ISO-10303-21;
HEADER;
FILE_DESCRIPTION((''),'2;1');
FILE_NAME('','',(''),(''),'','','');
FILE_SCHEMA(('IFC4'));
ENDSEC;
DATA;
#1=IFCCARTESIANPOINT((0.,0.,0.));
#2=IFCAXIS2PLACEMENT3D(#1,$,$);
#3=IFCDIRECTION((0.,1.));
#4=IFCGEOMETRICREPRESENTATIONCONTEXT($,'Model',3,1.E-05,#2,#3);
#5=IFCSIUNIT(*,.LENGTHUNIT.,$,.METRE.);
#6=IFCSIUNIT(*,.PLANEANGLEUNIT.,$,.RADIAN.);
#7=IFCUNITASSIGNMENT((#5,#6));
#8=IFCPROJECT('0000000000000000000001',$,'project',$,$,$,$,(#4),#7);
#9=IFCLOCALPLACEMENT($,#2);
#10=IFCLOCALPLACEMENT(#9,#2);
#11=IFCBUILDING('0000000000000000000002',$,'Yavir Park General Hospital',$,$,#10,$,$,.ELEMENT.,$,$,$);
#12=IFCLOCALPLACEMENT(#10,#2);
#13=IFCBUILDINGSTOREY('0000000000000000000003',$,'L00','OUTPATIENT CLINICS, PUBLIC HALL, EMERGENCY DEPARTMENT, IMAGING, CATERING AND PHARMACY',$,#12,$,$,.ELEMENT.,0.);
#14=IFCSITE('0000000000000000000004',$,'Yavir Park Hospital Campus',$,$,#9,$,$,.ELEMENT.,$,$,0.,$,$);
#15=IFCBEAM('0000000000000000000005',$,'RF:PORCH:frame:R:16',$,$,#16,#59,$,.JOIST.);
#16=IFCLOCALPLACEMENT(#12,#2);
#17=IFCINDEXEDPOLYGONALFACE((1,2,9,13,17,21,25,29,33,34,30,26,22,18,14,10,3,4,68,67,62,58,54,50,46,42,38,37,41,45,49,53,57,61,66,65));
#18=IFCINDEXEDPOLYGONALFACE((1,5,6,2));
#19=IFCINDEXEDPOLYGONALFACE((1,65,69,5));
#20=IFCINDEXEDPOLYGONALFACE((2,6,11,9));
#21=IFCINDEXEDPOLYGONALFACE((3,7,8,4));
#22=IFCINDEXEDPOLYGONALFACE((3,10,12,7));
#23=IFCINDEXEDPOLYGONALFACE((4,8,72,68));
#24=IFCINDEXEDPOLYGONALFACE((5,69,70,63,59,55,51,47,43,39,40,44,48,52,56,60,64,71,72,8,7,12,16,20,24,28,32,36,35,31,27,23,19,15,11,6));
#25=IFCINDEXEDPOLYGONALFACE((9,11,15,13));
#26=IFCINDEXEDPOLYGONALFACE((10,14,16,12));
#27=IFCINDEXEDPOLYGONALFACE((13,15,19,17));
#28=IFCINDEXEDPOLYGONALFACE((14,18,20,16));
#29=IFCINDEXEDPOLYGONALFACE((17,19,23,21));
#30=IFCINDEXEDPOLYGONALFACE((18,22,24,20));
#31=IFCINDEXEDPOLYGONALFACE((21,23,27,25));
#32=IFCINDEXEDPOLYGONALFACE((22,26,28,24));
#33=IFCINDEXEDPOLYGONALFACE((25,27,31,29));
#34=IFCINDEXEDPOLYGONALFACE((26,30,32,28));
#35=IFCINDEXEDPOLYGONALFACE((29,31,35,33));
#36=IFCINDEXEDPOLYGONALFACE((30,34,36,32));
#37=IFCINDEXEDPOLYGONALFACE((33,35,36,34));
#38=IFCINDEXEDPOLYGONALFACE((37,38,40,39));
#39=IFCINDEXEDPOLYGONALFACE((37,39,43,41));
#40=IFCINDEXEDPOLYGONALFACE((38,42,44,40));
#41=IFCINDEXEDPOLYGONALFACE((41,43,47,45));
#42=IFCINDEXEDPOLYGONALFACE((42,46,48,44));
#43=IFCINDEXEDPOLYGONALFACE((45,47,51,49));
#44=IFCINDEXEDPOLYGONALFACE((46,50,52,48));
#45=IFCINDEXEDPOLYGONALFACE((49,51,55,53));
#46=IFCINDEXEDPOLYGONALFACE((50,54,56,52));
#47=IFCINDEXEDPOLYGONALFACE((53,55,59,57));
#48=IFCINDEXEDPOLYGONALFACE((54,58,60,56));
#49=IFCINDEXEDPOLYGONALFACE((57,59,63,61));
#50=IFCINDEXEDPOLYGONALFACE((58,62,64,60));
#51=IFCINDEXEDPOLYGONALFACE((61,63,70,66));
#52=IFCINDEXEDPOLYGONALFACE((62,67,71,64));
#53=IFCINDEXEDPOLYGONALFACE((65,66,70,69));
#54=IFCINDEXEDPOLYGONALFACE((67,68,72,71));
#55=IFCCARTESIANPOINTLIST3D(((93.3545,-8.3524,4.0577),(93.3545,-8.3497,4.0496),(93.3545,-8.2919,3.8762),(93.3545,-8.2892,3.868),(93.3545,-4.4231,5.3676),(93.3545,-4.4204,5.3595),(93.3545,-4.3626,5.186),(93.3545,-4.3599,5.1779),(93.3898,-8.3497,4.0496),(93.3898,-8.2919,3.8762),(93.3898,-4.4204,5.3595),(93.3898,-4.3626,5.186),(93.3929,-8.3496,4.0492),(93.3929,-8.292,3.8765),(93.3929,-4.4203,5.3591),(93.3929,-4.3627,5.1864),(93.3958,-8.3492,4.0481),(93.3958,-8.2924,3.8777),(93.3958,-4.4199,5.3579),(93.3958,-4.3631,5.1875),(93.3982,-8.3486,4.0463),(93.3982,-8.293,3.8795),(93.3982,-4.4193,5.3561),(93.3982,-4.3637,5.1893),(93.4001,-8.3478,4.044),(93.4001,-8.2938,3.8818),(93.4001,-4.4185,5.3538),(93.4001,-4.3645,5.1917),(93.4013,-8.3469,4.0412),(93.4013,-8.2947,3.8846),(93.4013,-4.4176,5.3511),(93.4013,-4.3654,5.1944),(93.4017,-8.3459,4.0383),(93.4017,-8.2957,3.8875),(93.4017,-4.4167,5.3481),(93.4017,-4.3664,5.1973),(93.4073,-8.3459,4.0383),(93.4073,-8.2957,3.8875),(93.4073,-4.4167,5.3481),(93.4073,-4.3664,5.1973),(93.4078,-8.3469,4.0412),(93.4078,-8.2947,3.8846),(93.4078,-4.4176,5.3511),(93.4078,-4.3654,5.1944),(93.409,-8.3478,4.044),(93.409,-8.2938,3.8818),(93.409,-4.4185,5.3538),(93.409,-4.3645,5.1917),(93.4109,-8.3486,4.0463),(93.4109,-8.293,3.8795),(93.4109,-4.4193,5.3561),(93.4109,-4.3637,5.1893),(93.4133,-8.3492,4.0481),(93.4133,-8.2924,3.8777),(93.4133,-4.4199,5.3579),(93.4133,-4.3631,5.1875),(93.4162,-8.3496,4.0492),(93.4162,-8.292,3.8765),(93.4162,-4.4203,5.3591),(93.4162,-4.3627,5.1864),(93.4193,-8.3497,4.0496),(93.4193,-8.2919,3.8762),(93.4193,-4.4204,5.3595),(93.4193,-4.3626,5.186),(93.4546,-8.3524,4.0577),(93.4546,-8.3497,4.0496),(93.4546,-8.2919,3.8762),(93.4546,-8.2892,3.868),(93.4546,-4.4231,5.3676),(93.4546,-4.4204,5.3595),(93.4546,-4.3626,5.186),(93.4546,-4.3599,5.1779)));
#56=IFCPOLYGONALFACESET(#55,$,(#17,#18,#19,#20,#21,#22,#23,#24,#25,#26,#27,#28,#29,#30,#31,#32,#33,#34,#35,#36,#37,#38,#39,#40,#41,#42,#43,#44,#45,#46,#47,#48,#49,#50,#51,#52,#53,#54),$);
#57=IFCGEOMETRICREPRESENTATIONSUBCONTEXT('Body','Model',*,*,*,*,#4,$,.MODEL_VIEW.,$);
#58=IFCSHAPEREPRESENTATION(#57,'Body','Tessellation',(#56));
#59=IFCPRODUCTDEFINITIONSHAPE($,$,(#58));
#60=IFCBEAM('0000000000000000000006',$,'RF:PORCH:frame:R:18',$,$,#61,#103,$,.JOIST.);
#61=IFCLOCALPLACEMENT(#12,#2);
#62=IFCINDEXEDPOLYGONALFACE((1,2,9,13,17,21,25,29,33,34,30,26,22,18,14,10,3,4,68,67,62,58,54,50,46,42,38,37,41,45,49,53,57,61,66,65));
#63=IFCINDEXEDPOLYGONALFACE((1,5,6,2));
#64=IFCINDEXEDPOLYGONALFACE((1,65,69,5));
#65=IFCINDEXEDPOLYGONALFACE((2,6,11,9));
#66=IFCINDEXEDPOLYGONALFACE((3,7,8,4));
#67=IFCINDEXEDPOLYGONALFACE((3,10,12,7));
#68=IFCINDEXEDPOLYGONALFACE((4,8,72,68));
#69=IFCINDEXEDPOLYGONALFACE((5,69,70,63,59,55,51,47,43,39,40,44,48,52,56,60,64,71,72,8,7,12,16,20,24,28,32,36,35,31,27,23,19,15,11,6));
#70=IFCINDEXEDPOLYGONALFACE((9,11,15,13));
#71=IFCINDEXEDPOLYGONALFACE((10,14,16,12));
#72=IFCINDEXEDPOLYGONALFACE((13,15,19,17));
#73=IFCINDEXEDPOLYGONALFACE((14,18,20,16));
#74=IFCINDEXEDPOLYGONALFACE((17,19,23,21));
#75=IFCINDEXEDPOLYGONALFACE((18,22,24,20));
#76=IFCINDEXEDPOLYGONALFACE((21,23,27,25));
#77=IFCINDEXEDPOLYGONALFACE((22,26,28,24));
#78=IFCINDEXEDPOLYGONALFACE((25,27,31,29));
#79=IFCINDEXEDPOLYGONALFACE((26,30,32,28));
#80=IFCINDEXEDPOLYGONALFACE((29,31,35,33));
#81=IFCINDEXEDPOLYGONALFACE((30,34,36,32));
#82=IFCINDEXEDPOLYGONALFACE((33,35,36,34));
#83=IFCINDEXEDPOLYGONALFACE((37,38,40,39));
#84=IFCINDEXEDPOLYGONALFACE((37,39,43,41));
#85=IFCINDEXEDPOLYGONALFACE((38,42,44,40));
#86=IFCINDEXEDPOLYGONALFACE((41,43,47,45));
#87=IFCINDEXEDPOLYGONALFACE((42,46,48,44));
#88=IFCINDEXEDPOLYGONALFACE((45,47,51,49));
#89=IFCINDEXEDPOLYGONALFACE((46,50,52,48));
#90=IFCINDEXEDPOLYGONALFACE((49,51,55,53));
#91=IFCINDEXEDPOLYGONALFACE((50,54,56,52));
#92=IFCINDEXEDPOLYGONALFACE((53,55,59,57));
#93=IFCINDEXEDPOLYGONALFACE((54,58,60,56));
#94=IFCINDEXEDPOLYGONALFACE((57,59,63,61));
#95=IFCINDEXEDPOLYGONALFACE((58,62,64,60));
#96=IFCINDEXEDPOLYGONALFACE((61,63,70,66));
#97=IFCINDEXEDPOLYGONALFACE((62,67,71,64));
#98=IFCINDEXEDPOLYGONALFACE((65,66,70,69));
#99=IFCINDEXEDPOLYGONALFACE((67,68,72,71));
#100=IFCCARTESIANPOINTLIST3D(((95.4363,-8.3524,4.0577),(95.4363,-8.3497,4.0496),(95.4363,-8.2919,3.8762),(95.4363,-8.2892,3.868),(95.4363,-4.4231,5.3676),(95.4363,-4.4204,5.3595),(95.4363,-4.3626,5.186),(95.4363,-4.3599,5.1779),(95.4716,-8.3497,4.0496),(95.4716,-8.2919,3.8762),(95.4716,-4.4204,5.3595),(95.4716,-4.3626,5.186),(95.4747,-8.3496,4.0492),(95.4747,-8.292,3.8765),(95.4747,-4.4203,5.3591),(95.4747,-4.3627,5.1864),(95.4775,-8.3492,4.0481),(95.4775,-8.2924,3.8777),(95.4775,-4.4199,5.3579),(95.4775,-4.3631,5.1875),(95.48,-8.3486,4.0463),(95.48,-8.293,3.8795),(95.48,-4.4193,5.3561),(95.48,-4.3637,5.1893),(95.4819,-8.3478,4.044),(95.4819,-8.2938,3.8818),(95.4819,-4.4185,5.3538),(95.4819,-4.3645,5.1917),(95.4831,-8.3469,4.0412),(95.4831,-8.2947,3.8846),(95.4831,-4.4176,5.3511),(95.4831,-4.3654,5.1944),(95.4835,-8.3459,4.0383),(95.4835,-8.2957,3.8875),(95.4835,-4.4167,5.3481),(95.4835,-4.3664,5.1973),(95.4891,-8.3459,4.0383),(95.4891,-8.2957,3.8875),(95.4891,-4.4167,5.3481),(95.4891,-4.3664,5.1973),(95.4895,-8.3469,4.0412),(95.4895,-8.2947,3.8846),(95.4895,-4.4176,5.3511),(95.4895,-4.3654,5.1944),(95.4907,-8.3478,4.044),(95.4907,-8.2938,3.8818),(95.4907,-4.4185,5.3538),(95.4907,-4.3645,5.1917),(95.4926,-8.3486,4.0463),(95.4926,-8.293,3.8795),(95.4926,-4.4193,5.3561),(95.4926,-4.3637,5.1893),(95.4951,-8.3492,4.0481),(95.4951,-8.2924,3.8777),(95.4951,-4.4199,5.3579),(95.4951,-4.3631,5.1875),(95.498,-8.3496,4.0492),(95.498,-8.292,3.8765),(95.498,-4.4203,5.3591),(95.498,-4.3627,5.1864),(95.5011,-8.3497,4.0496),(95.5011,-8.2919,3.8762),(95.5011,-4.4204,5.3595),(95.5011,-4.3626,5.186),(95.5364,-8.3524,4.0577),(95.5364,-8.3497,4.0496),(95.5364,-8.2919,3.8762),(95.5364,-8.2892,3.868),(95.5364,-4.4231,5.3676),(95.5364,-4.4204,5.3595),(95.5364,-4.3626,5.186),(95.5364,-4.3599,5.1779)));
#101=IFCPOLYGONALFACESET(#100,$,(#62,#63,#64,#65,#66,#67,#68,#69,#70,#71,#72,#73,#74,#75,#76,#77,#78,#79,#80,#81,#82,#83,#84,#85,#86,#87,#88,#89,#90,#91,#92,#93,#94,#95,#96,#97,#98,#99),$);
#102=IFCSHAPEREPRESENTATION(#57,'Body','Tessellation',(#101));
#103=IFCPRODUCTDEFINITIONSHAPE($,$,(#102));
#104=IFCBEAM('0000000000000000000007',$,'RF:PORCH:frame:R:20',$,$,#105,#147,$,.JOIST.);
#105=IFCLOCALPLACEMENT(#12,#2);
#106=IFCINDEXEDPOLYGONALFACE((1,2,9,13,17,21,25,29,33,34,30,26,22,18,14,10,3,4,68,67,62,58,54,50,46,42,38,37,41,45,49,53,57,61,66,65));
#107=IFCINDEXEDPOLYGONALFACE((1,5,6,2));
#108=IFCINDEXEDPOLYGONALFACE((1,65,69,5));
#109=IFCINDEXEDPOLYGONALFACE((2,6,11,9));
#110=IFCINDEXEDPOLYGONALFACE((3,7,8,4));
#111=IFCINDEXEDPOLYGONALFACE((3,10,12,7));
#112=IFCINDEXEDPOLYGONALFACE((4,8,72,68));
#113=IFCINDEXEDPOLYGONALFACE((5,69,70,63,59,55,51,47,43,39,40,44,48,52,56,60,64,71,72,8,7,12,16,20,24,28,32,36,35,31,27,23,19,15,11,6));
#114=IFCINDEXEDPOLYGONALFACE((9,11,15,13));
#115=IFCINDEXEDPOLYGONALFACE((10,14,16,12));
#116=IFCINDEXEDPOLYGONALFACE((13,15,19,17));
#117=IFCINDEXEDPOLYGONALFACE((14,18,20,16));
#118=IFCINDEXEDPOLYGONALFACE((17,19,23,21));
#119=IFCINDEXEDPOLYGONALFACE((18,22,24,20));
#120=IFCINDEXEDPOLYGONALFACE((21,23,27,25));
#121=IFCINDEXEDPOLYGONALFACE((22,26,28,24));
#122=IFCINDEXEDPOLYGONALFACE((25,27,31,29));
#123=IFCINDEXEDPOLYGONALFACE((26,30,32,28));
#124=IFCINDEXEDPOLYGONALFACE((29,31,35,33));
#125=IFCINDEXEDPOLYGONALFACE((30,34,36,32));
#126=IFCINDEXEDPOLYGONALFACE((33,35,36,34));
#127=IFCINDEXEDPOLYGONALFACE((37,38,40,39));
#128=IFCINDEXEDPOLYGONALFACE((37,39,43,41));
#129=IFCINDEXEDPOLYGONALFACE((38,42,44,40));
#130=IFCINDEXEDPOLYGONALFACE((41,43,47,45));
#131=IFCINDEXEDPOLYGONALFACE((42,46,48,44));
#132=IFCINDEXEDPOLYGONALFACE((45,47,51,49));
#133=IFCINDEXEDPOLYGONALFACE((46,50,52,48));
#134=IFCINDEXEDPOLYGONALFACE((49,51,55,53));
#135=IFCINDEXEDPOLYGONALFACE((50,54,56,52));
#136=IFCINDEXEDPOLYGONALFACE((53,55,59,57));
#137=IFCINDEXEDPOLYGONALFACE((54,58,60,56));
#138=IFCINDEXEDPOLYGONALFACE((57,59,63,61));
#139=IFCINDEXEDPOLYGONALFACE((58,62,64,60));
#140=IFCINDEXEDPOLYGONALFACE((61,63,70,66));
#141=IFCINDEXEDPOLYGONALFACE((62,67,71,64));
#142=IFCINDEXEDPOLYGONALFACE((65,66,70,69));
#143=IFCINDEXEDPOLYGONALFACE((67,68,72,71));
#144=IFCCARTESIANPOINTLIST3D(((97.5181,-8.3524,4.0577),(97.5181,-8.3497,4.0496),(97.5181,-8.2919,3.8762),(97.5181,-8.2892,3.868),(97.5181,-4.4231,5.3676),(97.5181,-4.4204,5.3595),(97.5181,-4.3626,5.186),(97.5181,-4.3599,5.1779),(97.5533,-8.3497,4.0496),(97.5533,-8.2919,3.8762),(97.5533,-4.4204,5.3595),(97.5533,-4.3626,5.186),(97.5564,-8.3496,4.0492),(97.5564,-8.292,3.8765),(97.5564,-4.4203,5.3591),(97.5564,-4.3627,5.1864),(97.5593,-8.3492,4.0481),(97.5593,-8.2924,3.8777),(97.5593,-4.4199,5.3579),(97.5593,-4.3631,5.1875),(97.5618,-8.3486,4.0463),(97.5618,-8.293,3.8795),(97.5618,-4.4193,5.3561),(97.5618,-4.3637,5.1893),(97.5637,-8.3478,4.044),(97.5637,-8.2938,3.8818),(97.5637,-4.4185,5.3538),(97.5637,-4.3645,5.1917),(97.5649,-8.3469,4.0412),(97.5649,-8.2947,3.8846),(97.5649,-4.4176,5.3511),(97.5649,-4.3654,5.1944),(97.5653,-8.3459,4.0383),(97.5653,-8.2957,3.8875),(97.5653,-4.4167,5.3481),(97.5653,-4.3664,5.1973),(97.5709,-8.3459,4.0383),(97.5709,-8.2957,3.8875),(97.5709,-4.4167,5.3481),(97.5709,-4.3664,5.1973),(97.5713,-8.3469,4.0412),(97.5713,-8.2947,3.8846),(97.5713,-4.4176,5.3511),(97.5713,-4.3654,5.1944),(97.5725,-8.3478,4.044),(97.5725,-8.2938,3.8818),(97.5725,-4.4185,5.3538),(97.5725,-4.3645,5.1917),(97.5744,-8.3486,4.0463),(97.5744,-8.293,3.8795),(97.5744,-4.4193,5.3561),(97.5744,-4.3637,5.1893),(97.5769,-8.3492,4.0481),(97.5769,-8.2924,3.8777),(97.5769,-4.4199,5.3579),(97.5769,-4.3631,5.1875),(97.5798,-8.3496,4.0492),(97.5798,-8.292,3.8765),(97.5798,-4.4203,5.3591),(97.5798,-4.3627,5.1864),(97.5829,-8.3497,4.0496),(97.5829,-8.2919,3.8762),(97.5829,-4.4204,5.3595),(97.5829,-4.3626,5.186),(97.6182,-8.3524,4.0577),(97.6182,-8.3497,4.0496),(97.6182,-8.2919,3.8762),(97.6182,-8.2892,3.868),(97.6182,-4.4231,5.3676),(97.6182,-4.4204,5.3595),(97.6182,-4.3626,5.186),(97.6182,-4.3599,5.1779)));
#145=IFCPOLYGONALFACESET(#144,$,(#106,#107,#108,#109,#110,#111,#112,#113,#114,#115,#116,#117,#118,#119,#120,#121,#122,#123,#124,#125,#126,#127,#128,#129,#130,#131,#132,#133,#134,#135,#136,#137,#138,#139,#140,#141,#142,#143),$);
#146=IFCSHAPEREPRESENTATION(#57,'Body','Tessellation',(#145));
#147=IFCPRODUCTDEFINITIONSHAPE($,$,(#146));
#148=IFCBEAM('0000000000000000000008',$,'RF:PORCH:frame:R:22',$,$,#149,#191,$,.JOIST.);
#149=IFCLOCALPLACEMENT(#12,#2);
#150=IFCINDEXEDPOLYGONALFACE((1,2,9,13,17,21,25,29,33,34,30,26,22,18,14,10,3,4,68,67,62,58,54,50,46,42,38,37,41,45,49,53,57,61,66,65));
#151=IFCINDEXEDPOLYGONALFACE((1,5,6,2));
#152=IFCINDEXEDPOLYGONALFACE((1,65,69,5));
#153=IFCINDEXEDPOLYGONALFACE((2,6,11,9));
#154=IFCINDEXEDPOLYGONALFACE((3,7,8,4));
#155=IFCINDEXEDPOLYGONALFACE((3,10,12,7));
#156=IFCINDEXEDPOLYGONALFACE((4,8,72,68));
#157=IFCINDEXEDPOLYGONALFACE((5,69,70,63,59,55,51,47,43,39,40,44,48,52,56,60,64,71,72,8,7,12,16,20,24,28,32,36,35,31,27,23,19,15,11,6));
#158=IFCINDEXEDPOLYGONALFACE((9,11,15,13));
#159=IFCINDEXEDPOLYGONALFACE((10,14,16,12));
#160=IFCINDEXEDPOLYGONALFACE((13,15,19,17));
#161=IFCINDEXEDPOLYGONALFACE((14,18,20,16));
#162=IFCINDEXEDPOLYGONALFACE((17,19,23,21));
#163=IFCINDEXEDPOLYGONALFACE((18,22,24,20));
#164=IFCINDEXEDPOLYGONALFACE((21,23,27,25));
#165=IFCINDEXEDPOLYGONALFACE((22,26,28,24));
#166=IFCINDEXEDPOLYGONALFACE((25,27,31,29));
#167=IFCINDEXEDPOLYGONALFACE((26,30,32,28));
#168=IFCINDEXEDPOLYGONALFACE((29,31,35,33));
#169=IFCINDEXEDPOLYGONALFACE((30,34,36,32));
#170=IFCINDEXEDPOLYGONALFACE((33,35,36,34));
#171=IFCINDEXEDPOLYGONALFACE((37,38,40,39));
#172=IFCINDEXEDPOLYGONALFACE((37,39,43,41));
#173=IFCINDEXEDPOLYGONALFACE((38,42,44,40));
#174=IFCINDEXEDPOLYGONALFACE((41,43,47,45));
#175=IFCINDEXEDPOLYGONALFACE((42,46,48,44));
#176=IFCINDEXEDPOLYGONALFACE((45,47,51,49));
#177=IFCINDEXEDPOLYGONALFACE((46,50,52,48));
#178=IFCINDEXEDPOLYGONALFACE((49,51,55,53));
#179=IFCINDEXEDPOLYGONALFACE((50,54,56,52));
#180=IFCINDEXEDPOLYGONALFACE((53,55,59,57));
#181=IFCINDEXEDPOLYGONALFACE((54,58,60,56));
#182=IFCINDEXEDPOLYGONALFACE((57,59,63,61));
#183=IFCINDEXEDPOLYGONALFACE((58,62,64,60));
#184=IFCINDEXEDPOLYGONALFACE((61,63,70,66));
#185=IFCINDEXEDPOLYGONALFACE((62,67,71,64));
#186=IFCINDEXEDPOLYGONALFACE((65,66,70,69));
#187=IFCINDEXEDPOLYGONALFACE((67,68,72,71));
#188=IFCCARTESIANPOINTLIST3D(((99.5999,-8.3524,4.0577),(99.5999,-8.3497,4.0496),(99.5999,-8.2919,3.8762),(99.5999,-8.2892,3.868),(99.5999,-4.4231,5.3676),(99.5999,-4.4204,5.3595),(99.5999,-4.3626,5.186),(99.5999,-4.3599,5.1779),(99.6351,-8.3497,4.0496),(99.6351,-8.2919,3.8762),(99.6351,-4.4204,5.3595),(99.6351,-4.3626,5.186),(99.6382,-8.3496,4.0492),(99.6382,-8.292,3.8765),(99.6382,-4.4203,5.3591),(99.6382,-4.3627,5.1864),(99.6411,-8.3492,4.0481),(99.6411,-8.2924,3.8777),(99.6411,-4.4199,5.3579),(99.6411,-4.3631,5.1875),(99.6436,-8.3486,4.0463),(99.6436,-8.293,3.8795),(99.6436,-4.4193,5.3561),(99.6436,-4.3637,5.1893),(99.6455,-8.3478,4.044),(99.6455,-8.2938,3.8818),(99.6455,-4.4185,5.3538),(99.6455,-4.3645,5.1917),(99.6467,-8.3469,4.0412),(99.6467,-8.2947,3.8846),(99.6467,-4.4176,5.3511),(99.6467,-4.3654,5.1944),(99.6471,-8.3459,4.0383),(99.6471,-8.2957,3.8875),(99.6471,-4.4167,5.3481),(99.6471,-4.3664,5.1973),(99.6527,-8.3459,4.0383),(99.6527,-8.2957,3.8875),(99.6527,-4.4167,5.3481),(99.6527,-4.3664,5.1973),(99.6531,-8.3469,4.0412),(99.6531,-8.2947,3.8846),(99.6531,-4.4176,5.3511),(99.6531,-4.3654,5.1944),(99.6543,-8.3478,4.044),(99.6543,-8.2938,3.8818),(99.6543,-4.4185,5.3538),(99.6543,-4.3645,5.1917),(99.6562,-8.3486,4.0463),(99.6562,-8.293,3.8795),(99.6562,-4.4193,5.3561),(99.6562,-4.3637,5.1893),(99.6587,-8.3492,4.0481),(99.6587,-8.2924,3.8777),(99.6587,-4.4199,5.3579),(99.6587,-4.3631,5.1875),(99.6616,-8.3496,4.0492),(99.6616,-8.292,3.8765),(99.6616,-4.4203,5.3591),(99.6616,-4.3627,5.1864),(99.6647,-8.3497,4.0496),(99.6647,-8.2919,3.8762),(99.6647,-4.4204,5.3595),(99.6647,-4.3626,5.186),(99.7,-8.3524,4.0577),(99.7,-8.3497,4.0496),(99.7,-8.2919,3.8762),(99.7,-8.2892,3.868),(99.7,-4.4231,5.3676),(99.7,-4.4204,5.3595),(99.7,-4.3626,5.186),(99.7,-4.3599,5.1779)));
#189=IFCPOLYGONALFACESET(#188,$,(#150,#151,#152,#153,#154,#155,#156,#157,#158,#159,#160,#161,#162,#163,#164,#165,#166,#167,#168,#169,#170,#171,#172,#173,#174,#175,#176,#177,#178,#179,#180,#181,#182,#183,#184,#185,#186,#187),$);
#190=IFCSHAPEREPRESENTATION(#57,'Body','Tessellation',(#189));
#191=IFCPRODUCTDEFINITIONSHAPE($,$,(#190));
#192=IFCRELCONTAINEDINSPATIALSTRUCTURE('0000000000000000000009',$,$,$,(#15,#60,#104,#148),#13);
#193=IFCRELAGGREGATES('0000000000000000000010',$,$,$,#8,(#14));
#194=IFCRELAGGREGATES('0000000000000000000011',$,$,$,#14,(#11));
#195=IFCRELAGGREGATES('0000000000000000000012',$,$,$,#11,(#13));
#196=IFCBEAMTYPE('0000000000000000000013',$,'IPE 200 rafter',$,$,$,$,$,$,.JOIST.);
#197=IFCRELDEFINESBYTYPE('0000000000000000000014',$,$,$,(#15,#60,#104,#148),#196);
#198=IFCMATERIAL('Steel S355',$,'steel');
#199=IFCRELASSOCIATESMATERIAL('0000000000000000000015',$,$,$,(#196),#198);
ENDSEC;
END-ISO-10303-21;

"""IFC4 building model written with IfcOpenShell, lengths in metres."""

from ifc_helpers import new_model, si_unit, direction, frame, origin, origin_2d, place, context, subcontext, project, spatial, i_section, extrude, material, material_profile, profile_set, type_object, element, save


model = new_model("IFC4")

# Units and contexts
model_context = context("Model", 3, precision=1e-05, world=origin(), true_north=direction((0.0, 1.0)))
body_context = subcontext(model_context, "Body", "Model", "MODEL_VIEW")
ifc_project = project(units=[si_unit("LENGTHUNIT", "METRE"), si_unit("PLANEANGLEUNIT", "RADIAN")], contexts=[model_context])

# Site, building, storey
site_placement = place(None, origin())
site = spatial("IfcSite", under=ifc_project, at=site_placement, Name="Yavir Park Hospital Campus", CompositionType="ELEMENT", RefElevation=0.0)
building_placement = place(site_placement, origin())
building = spatial("IfcBuilding", under=site, at=building_placement, Name="Yavir Park General Hospital", CompositionType="ELEMENT")
storey_placement = place(building_placement, origin())
storey = spatial("IfcBuildingStorey", under=building, at=storey_placement, Name="L00", Description="OUTPATIENT CLINICS, PUBLIC HALL, EMERGENCY DEPARTMENT, IMAGING, CATERING AND PHARMACY", CompositionType="ELEMENT", Elevation=0.0)

# Beams
ifc_material_1 = material(Name="Steel S355", Category="steel")
ifc_material_profile_1 = material_profile(ifc_material_1, i_section(OverallWidth=0.1001, OverallDepth=0.2, WebThickness=0.0056, FlangeThickness=0.0085, FilletRadius=0.012, at=origin_2d()), Name="IPE200")
ifc_profile_set_1 = profile_set([ifc_material_profile_1], Name="Steel S355")
beam_type_1 = type_object("IfcBeamType", Name="IPE 200 rafter", PredefinedType="JOIST", material=ifc_profile_set_1)
for number, where, z_axis, x_axis, name in (
    (1, (93.4045, -8.3208, 3.9629), (0.0, 0.948677, 0.316245), (-1.0, 0.0, 0.0), "RF:PORCH:frame:R:16"),
    (2, (95.4863, -8.3208, 3.9629), (0.0, 0.948677, 0.316245), (-1.0, 0.0, 0.0), "RF:PORCH:frame:R:18"),
    (3, (97.5681, -8.3208, 3.9629), (0.0, 0.948677, 0.316245), (-1.0, 0.0, 0.0), "RF:PORCH:frame:R:20"),
    (4, (99.6499, -8.3208, 3.9629), (0.0, 0.948677, 0.316245), (-1.0, 0.0, 0.0), "RF:PORCH:frame:R:22"),
):
    element("IfcBeam", number, at=place(storey_placement, frame(where, z_axis=z_axis, x_axis=x_axis)), inside=storey, type_object=beam_type_1, Name=name, PredefinedType="JOIST", context=body_context, shape_type="SweptSolid", body=[
        extrude(i_section(OverallWidth=0.1001, OverallDepth=0.2, WebThickness=0.0056, FlangeThickness=0.0085, FilletRadius=0.012, at=origin_2d()), origin(), (0.0, 0.0, 1.0), 4.1418),
    ])

save(model, "model.ifc")
